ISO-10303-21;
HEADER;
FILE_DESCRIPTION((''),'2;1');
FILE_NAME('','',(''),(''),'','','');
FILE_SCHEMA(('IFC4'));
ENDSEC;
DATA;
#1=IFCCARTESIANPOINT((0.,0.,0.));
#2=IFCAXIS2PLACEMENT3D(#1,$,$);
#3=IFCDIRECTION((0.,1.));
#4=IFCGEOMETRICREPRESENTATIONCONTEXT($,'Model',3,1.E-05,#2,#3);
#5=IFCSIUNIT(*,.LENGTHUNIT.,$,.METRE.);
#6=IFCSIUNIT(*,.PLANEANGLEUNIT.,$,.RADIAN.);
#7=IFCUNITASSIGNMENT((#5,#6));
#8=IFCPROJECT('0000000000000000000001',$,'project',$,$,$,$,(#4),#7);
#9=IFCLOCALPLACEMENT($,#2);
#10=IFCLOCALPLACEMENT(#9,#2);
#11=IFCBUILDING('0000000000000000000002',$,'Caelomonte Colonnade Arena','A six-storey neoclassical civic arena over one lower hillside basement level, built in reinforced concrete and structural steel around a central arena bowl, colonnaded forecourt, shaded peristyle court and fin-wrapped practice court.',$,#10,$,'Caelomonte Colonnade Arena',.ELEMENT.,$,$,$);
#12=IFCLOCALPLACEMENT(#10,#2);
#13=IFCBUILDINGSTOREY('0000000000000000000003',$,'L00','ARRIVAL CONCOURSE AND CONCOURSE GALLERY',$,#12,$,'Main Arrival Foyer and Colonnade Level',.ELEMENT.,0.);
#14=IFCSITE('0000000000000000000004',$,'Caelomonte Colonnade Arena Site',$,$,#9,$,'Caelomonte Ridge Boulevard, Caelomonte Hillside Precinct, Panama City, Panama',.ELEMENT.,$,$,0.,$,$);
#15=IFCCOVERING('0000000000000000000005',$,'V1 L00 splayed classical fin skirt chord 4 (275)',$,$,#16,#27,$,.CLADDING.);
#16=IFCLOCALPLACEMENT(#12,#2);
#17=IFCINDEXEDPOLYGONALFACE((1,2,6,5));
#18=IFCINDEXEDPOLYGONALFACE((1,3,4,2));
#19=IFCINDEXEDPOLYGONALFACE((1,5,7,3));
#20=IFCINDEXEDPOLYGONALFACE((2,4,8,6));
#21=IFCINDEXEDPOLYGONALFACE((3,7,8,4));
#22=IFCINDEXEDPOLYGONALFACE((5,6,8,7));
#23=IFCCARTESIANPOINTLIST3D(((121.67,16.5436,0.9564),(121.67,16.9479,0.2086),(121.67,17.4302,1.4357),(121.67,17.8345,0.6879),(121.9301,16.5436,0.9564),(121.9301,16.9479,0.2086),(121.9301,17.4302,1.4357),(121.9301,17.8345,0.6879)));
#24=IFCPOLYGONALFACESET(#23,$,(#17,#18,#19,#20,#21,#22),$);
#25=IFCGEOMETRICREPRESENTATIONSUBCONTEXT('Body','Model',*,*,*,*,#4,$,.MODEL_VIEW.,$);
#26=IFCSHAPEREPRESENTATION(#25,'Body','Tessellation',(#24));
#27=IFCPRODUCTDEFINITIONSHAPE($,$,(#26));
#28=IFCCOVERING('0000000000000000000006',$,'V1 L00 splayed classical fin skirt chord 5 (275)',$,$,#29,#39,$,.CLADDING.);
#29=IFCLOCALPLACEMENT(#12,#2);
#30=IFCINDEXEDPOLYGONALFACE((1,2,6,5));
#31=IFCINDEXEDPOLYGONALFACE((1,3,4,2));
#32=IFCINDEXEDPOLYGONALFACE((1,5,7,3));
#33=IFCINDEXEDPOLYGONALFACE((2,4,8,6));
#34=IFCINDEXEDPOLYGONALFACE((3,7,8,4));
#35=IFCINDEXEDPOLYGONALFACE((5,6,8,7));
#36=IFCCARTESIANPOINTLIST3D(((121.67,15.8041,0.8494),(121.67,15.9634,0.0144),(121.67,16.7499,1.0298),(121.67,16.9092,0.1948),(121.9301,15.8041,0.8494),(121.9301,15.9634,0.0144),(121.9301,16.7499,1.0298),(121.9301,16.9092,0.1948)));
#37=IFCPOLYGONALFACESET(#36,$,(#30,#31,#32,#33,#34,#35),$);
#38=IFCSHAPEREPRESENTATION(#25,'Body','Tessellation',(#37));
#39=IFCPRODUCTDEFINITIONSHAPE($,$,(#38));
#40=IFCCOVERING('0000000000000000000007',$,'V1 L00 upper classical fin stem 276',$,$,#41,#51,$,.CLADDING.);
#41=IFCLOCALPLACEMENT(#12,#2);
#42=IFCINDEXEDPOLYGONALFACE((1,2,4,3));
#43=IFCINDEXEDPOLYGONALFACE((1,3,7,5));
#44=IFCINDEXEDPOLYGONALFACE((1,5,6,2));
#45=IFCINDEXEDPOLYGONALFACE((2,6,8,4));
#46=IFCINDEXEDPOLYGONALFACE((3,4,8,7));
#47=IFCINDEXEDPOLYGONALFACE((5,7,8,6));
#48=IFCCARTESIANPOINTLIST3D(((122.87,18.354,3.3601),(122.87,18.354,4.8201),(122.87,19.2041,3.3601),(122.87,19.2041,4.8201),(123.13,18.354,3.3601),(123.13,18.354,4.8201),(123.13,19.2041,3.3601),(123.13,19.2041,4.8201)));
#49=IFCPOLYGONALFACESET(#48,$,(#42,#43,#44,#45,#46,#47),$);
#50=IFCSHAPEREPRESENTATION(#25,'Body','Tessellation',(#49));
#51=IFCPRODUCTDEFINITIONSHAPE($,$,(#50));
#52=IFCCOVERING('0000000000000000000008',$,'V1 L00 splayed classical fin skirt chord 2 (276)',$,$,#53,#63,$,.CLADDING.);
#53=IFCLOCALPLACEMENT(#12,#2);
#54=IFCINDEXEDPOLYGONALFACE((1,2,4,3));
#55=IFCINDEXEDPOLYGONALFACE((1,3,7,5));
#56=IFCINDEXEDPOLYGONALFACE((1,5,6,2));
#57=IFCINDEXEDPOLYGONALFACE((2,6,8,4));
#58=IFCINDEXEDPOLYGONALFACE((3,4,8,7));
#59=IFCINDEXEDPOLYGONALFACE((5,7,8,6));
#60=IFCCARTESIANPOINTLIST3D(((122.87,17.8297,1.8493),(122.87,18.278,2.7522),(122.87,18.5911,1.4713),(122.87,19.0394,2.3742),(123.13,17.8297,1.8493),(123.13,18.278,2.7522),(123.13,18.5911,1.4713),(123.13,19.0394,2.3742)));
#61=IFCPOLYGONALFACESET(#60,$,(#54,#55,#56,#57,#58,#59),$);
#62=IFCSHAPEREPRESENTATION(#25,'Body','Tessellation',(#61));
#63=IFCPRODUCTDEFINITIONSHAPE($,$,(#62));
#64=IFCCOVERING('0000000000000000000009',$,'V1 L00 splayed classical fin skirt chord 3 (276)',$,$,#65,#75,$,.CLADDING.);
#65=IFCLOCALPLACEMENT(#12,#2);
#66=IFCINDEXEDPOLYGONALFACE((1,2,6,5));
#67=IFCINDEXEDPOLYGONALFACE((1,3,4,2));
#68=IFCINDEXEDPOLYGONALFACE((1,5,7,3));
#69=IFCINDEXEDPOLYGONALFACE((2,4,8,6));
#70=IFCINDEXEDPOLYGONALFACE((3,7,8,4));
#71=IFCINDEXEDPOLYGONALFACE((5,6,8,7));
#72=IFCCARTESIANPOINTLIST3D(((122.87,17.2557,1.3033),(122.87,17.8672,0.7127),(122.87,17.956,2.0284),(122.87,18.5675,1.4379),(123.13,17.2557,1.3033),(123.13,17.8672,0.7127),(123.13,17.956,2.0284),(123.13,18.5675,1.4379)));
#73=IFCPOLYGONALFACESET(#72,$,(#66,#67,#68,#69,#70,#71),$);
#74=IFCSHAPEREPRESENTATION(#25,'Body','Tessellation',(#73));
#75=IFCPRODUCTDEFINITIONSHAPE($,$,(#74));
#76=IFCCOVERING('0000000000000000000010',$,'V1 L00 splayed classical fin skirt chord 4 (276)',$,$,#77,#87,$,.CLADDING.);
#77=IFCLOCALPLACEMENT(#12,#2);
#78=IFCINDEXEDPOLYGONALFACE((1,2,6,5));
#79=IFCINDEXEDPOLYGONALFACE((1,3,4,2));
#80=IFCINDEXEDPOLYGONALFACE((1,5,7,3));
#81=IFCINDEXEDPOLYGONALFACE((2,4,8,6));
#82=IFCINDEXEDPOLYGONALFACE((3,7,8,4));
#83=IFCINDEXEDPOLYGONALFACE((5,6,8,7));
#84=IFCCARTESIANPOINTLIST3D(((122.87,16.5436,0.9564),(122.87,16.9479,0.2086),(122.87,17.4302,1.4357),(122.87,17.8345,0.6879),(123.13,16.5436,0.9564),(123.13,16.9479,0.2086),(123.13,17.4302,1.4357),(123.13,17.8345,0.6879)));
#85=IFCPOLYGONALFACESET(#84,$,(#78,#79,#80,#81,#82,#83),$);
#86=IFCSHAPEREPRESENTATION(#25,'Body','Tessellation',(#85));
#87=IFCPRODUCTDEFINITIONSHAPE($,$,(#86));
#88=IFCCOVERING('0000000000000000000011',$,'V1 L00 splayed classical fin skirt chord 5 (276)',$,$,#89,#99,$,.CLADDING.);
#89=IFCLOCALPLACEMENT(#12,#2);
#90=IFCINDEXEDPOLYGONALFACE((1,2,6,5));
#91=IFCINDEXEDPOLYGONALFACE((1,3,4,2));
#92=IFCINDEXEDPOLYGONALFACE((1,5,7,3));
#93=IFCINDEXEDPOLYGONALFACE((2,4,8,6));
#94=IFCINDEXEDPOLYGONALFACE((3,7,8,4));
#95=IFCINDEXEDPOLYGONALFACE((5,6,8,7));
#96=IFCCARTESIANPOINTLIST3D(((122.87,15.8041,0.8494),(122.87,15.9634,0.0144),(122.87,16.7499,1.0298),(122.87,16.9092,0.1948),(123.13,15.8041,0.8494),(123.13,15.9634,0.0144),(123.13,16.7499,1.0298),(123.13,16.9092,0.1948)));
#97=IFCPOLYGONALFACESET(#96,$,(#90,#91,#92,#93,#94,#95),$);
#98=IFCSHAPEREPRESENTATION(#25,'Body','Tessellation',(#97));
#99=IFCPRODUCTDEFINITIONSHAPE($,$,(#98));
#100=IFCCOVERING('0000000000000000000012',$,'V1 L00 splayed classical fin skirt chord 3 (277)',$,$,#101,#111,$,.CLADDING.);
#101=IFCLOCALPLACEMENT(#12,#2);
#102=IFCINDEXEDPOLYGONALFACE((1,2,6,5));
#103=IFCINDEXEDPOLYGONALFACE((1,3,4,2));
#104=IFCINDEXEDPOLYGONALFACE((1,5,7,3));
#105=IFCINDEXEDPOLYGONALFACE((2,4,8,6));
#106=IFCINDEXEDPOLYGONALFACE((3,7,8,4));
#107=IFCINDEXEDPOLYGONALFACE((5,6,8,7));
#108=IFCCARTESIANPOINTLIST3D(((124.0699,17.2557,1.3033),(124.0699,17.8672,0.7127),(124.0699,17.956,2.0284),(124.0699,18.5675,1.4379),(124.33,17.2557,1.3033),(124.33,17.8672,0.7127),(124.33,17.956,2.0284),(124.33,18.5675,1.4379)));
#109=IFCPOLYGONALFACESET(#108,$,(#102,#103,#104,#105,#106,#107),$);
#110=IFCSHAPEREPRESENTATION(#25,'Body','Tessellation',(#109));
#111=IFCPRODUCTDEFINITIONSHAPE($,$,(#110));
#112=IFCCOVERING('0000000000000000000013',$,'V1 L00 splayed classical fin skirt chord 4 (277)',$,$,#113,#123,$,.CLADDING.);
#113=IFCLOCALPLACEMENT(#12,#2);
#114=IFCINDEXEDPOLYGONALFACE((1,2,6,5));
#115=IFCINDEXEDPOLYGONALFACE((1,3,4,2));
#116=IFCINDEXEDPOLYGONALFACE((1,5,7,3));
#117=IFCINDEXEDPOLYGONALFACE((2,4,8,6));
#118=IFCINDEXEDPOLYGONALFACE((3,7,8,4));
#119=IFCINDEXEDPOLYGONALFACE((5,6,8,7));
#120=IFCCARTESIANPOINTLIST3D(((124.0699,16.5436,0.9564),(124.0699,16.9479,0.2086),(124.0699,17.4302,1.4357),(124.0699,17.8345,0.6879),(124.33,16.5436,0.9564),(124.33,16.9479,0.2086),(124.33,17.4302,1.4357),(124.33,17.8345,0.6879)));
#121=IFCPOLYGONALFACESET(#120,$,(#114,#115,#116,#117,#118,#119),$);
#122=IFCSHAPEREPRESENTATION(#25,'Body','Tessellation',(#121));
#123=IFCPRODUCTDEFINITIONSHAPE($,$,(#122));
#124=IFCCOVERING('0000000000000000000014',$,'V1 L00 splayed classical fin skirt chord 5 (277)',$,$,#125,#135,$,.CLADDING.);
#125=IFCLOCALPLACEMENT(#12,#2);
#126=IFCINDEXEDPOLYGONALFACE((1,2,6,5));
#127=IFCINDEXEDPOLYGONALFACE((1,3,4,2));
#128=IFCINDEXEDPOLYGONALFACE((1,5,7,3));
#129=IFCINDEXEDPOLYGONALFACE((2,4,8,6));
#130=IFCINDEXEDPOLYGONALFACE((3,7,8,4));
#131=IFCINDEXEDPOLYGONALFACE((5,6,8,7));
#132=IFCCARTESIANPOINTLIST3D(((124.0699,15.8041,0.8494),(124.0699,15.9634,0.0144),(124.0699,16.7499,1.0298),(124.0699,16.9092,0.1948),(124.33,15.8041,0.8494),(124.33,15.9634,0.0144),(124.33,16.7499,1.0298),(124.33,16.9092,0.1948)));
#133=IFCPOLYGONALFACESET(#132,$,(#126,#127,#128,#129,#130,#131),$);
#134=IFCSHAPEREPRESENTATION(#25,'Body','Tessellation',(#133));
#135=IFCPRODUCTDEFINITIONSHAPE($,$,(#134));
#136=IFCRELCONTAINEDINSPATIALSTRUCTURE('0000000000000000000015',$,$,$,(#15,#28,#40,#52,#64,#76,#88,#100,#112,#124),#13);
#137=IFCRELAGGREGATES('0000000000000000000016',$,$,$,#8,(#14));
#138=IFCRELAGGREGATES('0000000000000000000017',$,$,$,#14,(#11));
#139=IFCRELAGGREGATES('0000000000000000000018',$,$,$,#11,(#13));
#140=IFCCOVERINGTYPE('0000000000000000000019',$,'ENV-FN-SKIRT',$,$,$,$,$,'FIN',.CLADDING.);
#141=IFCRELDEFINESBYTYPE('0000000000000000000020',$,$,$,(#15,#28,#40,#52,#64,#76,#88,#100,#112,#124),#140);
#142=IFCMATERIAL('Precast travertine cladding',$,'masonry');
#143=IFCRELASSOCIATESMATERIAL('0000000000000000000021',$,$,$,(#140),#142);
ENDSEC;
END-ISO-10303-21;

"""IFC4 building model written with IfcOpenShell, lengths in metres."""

from ifc_helpers import new_model, si_unit, direction, frame, origin, origin_2d, place, context, subcontext, project, spatial, rectangle, extrude, material, material_profile, profile_set, type_object, element, save


model = new_model("IFC4")

# Units and contexts
model_context = context("Model", 3, precision=1e-05, world=origin(), true_north=direction((0.0, 1.0)))
body_context = subcontext(model_context, "Body", "Model", "MODEL_VIEW")
ifc_project = project(units=[si_unit("LENGTHUNIT", "METRE"), si_unit("PLANEANGLEUNIT", "RADIAN")], contexts=[model_context])

# Site, building, storey
site_placement = place(None, origin())
site = spatial("IfcSite", under=ifc_project, at=site_placement, Name="Caelomonte Colonnade Arena Site", LongName="Caelomonte Ridge Boulevard, Caelomonte Hillside Precinct, Panama City, Panama", CompositionType="ELEMENT", RefElevation=0.0)
building_placement = place(site_placement, origin())
building = spatial("IfcBuilding", under=site, at=building_placement, Name="Caelomonte Colonnade Arena", Description="A six-storey neoclassical civic arena over one lower hillside basement level, built in reinforced concrete and structural steel around a central arena bowl, colonnaded forecourt, shaded peristyle court and fin-wrapped practice court.", LongName="Caelomonte Colonnade Arena", CompositionType="ELEMENT")
storey_placement = place(building_placement, origin())
storey = spatial("IfcBuildingStorey", under=building, at=storey_placement, Name="L00", Description="ARRIVAL CONCOURSE AND CONCOURSE GALLERY", LongName="Main Arrival Foyer and Colonnade Level", CompositionType="ELEMENT", Elevation=0.0)

# Coverings
ifc_material = material(Name="Precast travertine cladding", Category="masonry")
ifc_material_profile = material_profile(ifc_material, rectangle(XDim=0.26, YDim=0.8501, at=origin_2d()), Name="FIN260X850")
ifc_profile_set = profile_set([ifc_material_profile], Name="Precast travertine cladding")
covering_type = type_object("IfcCoveringType", Name="ENV-FN-SKIRT", ElementType="FIN", PredefinedType="CLADDING", material=ifc_profile_set)
covering_1_placement = place(storey_placement, frame((121.8, 17.6323, 1.0618), z_axis=(0.0, -0.879676, -0.475573), x_axis=(-1.0, 0.0, 0.0)))
element("IfcCovering", 1, at=covering_1_placement, inside=storey, type_object=covering_type, Name="V1 L00 splayed classical fin skirt chord 4 (275)", PredefinedType="CLADDING", context=body_context, shape_type="SweptSolid", body=[
    extrude(rectangle(XDim=0.26, YDim=0.8501, at=origin_2d()), origin(), (0.0, 0.0, 1.0), 1.0078),
])
covering_2_placement = place(storey_placement, frame((121.8, 16.8296, 0.6123), z_axis=(0.0, -0.982287, -0.18738), x_axis=(-1.0, 0.0, 0.0)))
element("IfcCovering", 2, at=covering_2_placement, inside=storey, type_object=covering_type, Name="V1 L00 splayed classical fin skirt chord 5 (275)", PredefinedType="CLADDING", context=body_context, shape_type="SweptSolid", body=[
    extrude(rectangle(XDim=0.26, YDim=0.8501, at=origin_2d()), origin(), (0.0, 0.0, 1.0), 0.9629),
])
covering_3_placement = place(storey_placement, frame((123.0, 18.7791, 3.3601), z_axis=(0.0, 0.0, 1.0), x_axis=(-1.0, 0.0, 0.0)))
element("IfcCovering", 3, at=covering_3_placement, inside=storey, type_object=covering_type, Name="V1 L00 upper classical fin stem 276", PredefinedType="CLADDING", context=body_context, shape_type="SweptSolid", body=[
    extrude(rectangle(XDim=0.26, YDim=0.8501, at=origin_2d()), origin(), (0.0, 0.0, 1.0), 1.46),
])
for number, where, z_axis, x_axis, name in (
    (4, (123.0, 18.6587, 2.5632), (0.0, -0.444693, -0.895683), (-1.0, 0.0, 0.0), "V1 L00 splayed classical fin skirt chord 2 (276)"),
    (5, (123.0, 18.2617, 1.7332), (0.0, -0.694646, -0.719351), (-1.0, 0.0, 0.0), "V1 L00 splayed classical fin skirt chord 3 (276)"),
):
    element("IfcCovering", number, at=place(storey_placement, frame(where, z_axis=z_axis, x_axis=x_axis)), inside=storey, type_object=covering_type, Name=name, PredefinedType="CLADDING", context=body_context, shape_type="SweptSolid", body=[
        extrude(rectangle(XDim=0.26, YDim=0.8501, at=origin_2d()), origin(), (0.0, 0.0, 1.0), 1.0081),
    ])
covering_4_placement = place(storey_placement, frame((123.0, 17.6323, 1.0618), z_axis=(0.0, -0.879676, -0.475573), x_axis=(-1.0, 0.0, 0.0)))
element("IfcCovering", 6, at=covering_4_placement, inside=storey, type_object=covering_type, Name="V1 L00 splayed classical fin skirt chord 4 (276)", PredefinedType="CLADDING", context=body_context, shape_type="SweptSolid", body=[
    extrude(rectangle(XDim=0.26, YDim=0.8501, at=origin_2d()), origin(), (0.0, 0.0, 1.0), 1.0078),
])
covering_5_placement = place(storey_placement, frame((123.0, 16.8296, 0.6123), z_axis=(0.0, -0.982287, -0.18738), x_axis=(-1.0, 0.0, 0.0)))
element("IfcCovering", 7, at=covering_5_placement, inside=storey, type_object=covering_type, Name="V1 L00 splayed classical fin skirt chord 5 (276)", PredefinedType="CLADDING", context=body_context, shape_type="SweptSolid", body=[
    extrude(rectangle(XDim=0.26, YDim=0.8501, at=origin_2d()), origin(), (0.0, 0.0, 1.0), 0.9629),
])
covering_6_placement = place(storey_placement, frame((124.2, 18.2617, 1.7332), z_axis=(0.0, -0.694646, -0.719351), x_axis=(-1.0, 0.0, 0.0)))
element("IfcCovering", 8, at=covering_6_placement, inside=storey, type_object=covering_type, Name="V1 L00 splayed classical fin skirt chord 3 (277)", PredefinedType="CLADDING", context=body_context, shape_type="SweptSolid", body=[
    extrude(rectangle(XDim=0.26, YDim=0.8501, at=origin_2d()), origin(), (0.0, 0.0, 1.0), 1.0081),
])
covering_7_placement = place(storey_placement, frame((124.2, 17.6323, 1.0618), z_axis=(0.0, -0.879676, -0.475573), x_axis=(-1.0, 0.0, 0.0)))
element("IfcCovering", 9, at=covering_7_placement, inside=storey, type_object=covering_type, Name="V1 L00 splayed classical fin skirt chord 4 (277)", PredefinedType="CLADDING", context=body_context, shape_type="SweptSolid", body=[
    extrude(rectangle(XDim=0.26, YDim=0.8501, at=origin_2d()), origin(), (0.0, 0.0, 1.0), 1.0078),
])
covering_8_placement = place(storey_placement, frame((124.2, 16.8296, 0.6123), z_axis=(0.0, -0.982287, -0.18738), x_axis=(-1.0, 0.0, 0.0)))
element("IfcCovering", 10, at=covering_8_placement, inside=storey, type_object=covering_type, Name="V1 L00 splayed classical fin skirt chord 5 (277)", PredefinedType="CLADDING", context=body_context, shape_type="SweptSolid", body=[
    extrude(rectangle(XDim=0.26, YDim=0.8501, at=origin_2d()), origin(), (0.0, 0.0, 1.0), 0.9629),
])

save(model, "model.ifc")
